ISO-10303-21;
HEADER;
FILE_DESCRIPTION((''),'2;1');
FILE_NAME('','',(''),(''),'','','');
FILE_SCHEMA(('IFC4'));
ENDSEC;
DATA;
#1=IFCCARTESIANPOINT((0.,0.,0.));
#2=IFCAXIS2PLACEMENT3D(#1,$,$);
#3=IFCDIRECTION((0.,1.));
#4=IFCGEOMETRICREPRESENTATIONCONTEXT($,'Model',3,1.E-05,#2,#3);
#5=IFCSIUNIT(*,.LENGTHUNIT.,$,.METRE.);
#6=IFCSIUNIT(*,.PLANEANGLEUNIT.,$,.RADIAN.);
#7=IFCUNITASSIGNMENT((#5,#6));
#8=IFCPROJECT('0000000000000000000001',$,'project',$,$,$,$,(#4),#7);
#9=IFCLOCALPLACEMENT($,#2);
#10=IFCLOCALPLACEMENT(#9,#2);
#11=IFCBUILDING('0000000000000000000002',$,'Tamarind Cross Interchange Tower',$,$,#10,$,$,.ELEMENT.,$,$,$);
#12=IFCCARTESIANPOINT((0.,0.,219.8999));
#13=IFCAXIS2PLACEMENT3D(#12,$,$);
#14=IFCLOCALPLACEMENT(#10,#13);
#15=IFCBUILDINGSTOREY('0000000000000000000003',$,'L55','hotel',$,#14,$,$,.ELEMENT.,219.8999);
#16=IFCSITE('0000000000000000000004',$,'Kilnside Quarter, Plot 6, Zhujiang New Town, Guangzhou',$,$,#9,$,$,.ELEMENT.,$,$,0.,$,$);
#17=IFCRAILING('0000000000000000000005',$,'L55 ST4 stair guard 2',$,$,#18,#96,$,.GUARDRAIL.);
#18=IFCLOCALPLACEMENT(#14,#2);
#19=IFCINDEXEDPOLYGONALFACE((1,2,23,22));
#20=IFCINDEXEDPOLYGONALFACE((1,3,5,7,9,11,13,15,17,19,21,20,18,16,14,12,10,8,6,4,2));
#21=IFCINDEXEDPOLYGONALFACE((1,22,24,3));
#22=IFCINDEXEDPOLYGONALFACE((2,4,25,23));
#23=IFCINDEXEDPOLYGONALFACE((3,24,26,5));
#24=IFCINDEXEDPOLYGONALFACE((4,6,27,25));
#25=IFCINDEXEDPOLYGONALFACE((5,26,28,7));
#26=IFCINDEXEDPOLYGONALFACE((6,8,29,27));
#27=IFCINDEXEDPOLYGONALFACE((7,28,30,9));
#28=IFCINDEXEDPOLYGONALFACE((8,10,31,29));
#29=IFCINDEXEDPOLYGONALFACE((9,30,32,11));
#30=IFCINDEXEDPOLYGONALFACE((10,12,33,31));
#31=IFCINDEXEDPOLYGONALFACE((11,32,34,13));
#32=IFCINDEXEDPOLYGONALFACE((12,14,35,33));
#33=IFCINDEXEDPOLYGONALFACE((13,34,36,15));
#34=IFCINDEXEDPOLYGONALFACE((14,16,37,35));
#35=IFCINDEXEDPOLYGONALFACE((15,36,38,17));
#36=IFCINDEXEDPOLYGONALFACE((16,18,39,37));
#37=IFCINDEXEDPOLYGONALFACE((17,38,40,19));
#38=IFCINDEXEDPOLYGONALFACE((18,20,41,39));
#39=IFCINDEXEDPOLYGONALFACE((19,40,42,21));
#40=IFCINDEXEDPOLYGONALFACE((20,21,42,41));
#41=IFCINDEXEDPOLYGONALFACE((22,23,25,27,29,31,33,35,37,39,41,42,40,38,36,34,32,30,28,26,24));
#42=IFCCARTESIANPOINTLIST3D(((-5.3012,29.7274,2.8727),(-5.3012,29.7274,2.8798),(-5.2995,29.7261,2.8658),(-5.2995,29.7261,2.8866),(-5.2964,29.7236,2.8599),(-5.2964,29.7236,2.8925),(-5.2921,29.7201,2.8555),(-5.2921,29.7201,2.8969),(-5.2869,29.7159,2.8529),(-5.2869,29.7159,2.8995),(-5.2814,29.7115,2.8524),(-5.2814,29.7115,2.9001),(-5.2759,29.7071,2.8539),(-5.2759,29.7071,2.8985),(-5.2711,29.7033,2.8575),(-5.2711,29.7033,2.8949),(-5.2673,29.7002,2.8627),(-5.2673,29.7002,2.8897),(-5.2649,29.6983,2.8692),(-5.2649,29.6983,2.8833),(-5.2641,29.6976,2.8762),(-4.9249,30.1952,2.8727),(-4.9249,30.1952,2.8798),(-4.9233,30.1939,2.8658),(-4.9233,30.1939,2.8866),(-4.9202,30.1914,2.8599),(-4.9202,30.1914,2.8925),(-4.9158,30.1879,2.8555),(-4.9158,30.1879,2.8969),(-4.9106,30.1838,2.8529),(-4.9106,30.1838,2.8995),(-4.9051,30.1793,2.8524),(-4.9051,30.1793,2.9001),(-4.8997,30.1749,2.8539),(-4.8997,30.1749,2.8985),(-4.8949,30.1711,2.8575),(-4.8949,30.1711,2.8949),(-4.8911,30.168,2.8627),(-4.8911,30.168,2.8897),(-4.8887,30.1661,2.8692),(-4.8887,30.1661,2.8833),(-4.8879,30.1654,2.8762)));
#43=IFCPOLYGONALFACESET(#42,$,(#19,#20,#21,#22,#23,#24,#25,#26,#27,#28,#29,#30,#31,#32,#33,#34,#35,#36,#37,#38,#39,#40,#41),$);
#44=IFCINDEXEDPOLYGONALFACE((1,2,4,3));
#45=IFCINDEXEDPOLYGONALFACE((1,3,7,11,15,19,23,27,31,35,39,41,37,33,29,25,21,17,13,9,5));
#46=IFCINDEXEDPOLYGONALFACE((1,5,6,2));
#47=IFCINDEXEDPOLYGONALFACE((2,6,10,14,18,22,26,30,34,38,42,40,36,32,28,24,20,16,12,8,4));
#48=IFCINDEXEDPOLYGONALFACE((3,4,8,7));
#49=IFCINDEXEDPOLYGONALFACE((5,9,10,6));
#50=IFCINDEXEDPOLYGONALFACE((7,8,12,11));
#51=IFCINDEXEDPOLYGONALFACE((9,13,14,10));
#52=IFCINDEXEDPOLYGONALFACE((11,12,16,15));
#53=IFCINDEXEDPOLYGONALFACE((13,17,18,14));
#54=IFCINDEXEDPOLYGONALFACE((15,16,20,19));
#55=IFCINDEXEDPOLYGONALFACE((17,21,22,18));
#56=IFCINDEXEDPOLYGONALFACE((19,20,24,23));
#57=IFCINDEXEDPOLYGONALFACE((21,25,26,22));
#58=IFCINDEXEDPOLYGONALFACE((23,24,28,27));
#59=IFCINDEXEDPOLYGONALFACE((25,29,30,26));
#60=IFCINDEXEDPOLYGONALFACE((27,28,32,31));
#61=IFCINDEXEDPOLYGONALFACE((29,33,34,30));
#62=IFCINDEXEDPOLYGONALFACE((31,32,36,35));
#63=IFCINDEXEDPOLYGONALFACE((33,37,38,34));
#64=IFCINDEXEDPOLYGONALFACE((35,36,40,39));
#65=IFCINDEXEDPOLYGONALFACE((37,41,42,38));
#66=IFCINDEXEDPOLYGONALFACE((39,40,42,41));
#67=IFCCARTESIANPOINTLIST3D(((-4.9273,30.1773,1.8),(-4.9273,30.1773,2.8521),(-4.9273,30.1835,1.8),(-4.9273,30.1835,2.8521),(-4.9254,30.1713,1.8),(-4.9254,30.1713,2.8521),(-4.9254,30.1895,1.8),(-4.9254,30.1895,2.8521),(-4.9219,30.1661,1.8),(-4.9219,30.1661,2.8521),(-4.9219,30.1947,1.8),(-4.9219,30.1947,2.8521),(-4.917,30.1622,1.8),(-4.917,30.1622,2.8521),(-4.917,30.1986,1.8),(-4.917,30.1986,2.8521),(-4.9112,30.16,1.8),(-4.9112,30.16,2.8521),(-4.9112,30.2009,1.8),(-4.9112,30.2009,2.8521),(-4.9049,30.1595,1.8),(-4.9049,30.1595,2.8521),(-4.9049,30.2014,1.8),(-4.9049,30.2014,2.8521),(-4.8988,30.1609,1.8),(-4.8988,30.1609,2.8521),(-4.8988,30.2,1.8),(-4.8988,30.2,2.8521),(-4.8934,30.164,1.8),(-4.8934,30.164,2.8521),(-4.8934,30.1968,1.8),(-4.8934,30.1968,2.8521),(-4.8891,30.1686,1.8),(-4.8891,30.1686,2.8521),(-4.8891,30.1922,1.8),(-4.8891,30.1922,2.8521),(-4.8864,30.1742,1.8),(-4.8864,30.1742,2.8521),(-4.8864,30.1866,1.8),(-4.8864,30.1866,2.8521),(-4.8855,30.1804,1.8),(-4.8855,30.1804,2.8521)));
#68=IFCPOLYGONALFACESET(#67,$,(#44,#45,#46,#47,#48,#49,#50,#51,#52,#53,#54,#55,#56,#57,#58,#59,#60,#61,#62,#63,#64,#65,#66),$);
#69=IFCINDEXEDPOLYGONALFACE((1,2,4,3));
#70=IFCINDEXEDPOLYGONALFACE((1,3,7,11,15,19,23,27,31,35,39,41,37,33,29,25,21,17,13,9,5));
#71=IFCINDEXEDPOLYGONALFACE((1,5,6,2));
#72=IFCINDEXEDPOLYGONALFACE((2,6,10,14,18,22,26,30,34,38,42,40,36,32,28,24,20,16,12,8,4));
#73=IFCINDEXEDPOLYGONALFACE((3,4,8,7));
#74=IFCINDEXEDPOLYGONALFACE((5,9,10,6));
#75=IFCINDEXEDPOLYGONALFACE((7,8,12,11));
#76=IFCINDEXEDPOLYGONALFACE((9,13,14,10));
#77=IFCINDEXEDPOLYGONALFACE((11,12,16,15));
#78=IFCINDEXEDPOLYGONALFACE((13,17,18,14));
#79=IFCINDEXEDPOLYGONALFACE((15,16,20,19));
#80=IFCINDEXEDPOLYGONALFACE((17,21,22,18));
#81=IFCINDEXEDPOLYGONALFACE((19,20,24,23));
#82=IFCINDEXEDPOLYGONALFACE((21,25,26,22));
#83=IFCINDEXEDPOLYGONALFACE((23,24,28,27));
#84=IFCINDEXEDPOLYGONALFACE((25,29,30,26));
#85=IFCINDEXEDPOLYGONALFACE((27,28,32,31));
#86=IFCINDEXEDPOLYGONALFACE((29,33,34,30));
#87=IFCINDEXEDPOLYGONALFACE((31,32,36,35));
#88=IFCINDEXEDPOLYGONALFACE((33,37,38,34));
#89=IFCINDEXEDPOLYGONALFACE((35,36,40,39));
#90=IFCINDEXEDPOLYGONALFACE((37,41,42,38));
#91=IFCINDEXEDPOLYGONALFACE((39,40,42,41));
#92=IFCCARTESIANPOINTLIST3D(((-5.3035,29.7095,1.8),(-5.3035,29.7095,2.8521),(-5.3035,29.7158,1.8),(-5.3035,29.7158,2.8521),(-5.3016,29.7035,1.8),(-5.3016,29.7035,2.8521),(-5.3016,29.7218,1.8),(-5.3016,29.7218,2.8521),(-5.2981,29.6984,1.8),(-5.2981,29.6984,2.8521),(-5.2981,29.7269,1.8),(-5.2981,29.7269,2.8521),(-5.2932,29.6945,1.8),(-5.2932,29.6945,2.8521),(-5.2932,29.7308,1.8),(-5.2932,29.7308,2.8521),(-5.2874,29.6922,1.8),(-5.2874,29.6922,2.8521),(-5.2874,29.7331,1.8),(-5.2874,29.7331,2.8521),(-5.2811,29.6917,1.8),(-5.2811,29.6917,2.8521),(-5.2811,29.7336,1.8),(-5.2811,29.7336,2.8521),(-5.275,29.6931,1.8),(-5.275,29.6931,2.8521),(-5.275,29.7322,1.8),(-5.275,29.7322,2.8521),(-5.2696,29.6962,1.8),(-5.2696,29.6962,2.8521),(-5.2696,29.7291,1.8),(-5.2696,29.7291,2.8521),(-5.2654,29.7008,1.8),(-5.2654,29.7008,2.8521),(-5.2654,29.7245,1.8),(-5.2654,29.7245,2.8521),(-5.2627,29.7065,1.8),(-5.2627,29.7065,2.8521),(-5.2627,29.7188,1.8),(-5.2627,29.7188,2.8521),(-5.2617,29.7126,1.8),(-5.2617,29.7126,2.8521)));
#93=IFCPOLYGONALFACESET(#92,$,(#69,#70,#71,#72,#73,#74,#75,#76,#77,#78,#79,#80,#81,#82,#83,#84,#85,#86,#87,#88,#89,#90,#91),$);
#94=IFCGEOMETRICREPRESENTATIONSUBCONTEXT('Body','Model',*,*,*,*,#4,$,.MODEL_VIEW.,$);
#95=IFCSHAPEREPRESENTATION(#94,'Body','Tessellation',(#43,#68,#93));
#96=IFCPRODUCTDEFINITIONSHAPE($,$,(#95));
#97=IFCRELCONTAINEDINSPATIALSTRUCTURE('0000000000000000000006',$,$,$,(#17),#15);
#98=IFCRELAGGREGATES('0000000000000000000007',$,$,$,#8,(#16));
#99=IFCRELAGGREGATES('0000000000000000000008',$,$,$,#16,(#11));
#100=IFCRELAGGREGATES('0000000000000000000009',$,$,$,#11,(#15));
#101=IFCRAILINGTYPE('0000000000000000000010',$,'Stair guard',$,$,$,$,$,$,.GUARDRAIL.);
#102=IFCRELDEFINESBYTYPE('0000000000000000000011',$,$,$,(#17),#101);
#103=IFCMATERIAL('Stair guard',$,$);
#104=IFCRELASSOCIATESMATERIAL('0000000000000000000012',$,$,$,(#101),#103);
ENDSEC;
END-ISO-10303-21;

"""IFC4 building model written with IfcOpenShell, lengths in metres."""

from ifc_helpers import new_model, si_unit, direction, frame, origin, origin_2d, place, context, subcontext, project, spatial, circle, extrude, material, type_object, element, save


model = new_model("IFC4")

# Units and contexts
model_context = context("Model", 3, precision=1e-05, world=origin(), true_north=direction((0.0, 1.0)))
body_context = subcontext(model_context, "Body", "Model", "MODEL_VIEW")
ifc_project = project(units=[si_unit("LENGTHUNIT", "METRE"), si_unit("PLANEANGLEUNIT", "RADIAN")], contexts=[model_context])

# Site, building, storey
site_placement = place(None, origin())
site = spatial("IfcSite", under=ifc_project, at=site_placement, Name="Kilnside Quarter, Plot 6, Zhujiang New Town, Guangzhou", CompositionType="ELEMENT", RefElevation=0.0)
building_placement = place(site_placement, origin())
building = spatial("IfcBuilding", under=site, at=building_placement, Name="Tamarind Cross Interchange Tower", CompositionType="ELEMENT")
storey_placement = place(building_placement, frame((0.0, 0.0, 219.8999)))
storey = spatial("IfcBuildingStorey", under=building, at=storey_placement, Name="L55", Description="hotel", CompositionType="ELEMENT", Elevation=219.8999)

# Railing
ifc_material_1 = material(Name="Stair guard")
railing_type_1 = type_object("IfcRailingType", Name="Stair guard", PredefinedType="GUARDRAIL", material=ifc_material_1)
railing_1_placement = place(storey_placement, frame((-4.9065, 30.1804, 1.8)))
element("IfcRailing", 1, at=railing_1_placement, inside=storey, type_object=railing_type_1, Name="L55 ST4 stair guard 2", PredefinedType="GUARDRAIL", context=body_context, shape_type="SweptSolid", body=[
    extrude(circle(Radius=0.0239, at=origin_2d()), frame((0.0, 0.0, 1.0762), z_axis=(-0.626726, -0.779239, 0.0), x_axis=(0.779239, -0.626726, 0.0)), (0.0, 0.0, 1.0), 0.6003),
    extrude(circle(Radius=0.021, at=origin_2d()), origin(), (0.0, 0.0, 1.0), 1.052),
    extrude(circle(Radius=0.021, at=origin_2d()), frame((-0.3762, -0.4678, 0.0)), (0.0, 0.0, 1.0), 1.052),
])

save(model, "model.ifc")
